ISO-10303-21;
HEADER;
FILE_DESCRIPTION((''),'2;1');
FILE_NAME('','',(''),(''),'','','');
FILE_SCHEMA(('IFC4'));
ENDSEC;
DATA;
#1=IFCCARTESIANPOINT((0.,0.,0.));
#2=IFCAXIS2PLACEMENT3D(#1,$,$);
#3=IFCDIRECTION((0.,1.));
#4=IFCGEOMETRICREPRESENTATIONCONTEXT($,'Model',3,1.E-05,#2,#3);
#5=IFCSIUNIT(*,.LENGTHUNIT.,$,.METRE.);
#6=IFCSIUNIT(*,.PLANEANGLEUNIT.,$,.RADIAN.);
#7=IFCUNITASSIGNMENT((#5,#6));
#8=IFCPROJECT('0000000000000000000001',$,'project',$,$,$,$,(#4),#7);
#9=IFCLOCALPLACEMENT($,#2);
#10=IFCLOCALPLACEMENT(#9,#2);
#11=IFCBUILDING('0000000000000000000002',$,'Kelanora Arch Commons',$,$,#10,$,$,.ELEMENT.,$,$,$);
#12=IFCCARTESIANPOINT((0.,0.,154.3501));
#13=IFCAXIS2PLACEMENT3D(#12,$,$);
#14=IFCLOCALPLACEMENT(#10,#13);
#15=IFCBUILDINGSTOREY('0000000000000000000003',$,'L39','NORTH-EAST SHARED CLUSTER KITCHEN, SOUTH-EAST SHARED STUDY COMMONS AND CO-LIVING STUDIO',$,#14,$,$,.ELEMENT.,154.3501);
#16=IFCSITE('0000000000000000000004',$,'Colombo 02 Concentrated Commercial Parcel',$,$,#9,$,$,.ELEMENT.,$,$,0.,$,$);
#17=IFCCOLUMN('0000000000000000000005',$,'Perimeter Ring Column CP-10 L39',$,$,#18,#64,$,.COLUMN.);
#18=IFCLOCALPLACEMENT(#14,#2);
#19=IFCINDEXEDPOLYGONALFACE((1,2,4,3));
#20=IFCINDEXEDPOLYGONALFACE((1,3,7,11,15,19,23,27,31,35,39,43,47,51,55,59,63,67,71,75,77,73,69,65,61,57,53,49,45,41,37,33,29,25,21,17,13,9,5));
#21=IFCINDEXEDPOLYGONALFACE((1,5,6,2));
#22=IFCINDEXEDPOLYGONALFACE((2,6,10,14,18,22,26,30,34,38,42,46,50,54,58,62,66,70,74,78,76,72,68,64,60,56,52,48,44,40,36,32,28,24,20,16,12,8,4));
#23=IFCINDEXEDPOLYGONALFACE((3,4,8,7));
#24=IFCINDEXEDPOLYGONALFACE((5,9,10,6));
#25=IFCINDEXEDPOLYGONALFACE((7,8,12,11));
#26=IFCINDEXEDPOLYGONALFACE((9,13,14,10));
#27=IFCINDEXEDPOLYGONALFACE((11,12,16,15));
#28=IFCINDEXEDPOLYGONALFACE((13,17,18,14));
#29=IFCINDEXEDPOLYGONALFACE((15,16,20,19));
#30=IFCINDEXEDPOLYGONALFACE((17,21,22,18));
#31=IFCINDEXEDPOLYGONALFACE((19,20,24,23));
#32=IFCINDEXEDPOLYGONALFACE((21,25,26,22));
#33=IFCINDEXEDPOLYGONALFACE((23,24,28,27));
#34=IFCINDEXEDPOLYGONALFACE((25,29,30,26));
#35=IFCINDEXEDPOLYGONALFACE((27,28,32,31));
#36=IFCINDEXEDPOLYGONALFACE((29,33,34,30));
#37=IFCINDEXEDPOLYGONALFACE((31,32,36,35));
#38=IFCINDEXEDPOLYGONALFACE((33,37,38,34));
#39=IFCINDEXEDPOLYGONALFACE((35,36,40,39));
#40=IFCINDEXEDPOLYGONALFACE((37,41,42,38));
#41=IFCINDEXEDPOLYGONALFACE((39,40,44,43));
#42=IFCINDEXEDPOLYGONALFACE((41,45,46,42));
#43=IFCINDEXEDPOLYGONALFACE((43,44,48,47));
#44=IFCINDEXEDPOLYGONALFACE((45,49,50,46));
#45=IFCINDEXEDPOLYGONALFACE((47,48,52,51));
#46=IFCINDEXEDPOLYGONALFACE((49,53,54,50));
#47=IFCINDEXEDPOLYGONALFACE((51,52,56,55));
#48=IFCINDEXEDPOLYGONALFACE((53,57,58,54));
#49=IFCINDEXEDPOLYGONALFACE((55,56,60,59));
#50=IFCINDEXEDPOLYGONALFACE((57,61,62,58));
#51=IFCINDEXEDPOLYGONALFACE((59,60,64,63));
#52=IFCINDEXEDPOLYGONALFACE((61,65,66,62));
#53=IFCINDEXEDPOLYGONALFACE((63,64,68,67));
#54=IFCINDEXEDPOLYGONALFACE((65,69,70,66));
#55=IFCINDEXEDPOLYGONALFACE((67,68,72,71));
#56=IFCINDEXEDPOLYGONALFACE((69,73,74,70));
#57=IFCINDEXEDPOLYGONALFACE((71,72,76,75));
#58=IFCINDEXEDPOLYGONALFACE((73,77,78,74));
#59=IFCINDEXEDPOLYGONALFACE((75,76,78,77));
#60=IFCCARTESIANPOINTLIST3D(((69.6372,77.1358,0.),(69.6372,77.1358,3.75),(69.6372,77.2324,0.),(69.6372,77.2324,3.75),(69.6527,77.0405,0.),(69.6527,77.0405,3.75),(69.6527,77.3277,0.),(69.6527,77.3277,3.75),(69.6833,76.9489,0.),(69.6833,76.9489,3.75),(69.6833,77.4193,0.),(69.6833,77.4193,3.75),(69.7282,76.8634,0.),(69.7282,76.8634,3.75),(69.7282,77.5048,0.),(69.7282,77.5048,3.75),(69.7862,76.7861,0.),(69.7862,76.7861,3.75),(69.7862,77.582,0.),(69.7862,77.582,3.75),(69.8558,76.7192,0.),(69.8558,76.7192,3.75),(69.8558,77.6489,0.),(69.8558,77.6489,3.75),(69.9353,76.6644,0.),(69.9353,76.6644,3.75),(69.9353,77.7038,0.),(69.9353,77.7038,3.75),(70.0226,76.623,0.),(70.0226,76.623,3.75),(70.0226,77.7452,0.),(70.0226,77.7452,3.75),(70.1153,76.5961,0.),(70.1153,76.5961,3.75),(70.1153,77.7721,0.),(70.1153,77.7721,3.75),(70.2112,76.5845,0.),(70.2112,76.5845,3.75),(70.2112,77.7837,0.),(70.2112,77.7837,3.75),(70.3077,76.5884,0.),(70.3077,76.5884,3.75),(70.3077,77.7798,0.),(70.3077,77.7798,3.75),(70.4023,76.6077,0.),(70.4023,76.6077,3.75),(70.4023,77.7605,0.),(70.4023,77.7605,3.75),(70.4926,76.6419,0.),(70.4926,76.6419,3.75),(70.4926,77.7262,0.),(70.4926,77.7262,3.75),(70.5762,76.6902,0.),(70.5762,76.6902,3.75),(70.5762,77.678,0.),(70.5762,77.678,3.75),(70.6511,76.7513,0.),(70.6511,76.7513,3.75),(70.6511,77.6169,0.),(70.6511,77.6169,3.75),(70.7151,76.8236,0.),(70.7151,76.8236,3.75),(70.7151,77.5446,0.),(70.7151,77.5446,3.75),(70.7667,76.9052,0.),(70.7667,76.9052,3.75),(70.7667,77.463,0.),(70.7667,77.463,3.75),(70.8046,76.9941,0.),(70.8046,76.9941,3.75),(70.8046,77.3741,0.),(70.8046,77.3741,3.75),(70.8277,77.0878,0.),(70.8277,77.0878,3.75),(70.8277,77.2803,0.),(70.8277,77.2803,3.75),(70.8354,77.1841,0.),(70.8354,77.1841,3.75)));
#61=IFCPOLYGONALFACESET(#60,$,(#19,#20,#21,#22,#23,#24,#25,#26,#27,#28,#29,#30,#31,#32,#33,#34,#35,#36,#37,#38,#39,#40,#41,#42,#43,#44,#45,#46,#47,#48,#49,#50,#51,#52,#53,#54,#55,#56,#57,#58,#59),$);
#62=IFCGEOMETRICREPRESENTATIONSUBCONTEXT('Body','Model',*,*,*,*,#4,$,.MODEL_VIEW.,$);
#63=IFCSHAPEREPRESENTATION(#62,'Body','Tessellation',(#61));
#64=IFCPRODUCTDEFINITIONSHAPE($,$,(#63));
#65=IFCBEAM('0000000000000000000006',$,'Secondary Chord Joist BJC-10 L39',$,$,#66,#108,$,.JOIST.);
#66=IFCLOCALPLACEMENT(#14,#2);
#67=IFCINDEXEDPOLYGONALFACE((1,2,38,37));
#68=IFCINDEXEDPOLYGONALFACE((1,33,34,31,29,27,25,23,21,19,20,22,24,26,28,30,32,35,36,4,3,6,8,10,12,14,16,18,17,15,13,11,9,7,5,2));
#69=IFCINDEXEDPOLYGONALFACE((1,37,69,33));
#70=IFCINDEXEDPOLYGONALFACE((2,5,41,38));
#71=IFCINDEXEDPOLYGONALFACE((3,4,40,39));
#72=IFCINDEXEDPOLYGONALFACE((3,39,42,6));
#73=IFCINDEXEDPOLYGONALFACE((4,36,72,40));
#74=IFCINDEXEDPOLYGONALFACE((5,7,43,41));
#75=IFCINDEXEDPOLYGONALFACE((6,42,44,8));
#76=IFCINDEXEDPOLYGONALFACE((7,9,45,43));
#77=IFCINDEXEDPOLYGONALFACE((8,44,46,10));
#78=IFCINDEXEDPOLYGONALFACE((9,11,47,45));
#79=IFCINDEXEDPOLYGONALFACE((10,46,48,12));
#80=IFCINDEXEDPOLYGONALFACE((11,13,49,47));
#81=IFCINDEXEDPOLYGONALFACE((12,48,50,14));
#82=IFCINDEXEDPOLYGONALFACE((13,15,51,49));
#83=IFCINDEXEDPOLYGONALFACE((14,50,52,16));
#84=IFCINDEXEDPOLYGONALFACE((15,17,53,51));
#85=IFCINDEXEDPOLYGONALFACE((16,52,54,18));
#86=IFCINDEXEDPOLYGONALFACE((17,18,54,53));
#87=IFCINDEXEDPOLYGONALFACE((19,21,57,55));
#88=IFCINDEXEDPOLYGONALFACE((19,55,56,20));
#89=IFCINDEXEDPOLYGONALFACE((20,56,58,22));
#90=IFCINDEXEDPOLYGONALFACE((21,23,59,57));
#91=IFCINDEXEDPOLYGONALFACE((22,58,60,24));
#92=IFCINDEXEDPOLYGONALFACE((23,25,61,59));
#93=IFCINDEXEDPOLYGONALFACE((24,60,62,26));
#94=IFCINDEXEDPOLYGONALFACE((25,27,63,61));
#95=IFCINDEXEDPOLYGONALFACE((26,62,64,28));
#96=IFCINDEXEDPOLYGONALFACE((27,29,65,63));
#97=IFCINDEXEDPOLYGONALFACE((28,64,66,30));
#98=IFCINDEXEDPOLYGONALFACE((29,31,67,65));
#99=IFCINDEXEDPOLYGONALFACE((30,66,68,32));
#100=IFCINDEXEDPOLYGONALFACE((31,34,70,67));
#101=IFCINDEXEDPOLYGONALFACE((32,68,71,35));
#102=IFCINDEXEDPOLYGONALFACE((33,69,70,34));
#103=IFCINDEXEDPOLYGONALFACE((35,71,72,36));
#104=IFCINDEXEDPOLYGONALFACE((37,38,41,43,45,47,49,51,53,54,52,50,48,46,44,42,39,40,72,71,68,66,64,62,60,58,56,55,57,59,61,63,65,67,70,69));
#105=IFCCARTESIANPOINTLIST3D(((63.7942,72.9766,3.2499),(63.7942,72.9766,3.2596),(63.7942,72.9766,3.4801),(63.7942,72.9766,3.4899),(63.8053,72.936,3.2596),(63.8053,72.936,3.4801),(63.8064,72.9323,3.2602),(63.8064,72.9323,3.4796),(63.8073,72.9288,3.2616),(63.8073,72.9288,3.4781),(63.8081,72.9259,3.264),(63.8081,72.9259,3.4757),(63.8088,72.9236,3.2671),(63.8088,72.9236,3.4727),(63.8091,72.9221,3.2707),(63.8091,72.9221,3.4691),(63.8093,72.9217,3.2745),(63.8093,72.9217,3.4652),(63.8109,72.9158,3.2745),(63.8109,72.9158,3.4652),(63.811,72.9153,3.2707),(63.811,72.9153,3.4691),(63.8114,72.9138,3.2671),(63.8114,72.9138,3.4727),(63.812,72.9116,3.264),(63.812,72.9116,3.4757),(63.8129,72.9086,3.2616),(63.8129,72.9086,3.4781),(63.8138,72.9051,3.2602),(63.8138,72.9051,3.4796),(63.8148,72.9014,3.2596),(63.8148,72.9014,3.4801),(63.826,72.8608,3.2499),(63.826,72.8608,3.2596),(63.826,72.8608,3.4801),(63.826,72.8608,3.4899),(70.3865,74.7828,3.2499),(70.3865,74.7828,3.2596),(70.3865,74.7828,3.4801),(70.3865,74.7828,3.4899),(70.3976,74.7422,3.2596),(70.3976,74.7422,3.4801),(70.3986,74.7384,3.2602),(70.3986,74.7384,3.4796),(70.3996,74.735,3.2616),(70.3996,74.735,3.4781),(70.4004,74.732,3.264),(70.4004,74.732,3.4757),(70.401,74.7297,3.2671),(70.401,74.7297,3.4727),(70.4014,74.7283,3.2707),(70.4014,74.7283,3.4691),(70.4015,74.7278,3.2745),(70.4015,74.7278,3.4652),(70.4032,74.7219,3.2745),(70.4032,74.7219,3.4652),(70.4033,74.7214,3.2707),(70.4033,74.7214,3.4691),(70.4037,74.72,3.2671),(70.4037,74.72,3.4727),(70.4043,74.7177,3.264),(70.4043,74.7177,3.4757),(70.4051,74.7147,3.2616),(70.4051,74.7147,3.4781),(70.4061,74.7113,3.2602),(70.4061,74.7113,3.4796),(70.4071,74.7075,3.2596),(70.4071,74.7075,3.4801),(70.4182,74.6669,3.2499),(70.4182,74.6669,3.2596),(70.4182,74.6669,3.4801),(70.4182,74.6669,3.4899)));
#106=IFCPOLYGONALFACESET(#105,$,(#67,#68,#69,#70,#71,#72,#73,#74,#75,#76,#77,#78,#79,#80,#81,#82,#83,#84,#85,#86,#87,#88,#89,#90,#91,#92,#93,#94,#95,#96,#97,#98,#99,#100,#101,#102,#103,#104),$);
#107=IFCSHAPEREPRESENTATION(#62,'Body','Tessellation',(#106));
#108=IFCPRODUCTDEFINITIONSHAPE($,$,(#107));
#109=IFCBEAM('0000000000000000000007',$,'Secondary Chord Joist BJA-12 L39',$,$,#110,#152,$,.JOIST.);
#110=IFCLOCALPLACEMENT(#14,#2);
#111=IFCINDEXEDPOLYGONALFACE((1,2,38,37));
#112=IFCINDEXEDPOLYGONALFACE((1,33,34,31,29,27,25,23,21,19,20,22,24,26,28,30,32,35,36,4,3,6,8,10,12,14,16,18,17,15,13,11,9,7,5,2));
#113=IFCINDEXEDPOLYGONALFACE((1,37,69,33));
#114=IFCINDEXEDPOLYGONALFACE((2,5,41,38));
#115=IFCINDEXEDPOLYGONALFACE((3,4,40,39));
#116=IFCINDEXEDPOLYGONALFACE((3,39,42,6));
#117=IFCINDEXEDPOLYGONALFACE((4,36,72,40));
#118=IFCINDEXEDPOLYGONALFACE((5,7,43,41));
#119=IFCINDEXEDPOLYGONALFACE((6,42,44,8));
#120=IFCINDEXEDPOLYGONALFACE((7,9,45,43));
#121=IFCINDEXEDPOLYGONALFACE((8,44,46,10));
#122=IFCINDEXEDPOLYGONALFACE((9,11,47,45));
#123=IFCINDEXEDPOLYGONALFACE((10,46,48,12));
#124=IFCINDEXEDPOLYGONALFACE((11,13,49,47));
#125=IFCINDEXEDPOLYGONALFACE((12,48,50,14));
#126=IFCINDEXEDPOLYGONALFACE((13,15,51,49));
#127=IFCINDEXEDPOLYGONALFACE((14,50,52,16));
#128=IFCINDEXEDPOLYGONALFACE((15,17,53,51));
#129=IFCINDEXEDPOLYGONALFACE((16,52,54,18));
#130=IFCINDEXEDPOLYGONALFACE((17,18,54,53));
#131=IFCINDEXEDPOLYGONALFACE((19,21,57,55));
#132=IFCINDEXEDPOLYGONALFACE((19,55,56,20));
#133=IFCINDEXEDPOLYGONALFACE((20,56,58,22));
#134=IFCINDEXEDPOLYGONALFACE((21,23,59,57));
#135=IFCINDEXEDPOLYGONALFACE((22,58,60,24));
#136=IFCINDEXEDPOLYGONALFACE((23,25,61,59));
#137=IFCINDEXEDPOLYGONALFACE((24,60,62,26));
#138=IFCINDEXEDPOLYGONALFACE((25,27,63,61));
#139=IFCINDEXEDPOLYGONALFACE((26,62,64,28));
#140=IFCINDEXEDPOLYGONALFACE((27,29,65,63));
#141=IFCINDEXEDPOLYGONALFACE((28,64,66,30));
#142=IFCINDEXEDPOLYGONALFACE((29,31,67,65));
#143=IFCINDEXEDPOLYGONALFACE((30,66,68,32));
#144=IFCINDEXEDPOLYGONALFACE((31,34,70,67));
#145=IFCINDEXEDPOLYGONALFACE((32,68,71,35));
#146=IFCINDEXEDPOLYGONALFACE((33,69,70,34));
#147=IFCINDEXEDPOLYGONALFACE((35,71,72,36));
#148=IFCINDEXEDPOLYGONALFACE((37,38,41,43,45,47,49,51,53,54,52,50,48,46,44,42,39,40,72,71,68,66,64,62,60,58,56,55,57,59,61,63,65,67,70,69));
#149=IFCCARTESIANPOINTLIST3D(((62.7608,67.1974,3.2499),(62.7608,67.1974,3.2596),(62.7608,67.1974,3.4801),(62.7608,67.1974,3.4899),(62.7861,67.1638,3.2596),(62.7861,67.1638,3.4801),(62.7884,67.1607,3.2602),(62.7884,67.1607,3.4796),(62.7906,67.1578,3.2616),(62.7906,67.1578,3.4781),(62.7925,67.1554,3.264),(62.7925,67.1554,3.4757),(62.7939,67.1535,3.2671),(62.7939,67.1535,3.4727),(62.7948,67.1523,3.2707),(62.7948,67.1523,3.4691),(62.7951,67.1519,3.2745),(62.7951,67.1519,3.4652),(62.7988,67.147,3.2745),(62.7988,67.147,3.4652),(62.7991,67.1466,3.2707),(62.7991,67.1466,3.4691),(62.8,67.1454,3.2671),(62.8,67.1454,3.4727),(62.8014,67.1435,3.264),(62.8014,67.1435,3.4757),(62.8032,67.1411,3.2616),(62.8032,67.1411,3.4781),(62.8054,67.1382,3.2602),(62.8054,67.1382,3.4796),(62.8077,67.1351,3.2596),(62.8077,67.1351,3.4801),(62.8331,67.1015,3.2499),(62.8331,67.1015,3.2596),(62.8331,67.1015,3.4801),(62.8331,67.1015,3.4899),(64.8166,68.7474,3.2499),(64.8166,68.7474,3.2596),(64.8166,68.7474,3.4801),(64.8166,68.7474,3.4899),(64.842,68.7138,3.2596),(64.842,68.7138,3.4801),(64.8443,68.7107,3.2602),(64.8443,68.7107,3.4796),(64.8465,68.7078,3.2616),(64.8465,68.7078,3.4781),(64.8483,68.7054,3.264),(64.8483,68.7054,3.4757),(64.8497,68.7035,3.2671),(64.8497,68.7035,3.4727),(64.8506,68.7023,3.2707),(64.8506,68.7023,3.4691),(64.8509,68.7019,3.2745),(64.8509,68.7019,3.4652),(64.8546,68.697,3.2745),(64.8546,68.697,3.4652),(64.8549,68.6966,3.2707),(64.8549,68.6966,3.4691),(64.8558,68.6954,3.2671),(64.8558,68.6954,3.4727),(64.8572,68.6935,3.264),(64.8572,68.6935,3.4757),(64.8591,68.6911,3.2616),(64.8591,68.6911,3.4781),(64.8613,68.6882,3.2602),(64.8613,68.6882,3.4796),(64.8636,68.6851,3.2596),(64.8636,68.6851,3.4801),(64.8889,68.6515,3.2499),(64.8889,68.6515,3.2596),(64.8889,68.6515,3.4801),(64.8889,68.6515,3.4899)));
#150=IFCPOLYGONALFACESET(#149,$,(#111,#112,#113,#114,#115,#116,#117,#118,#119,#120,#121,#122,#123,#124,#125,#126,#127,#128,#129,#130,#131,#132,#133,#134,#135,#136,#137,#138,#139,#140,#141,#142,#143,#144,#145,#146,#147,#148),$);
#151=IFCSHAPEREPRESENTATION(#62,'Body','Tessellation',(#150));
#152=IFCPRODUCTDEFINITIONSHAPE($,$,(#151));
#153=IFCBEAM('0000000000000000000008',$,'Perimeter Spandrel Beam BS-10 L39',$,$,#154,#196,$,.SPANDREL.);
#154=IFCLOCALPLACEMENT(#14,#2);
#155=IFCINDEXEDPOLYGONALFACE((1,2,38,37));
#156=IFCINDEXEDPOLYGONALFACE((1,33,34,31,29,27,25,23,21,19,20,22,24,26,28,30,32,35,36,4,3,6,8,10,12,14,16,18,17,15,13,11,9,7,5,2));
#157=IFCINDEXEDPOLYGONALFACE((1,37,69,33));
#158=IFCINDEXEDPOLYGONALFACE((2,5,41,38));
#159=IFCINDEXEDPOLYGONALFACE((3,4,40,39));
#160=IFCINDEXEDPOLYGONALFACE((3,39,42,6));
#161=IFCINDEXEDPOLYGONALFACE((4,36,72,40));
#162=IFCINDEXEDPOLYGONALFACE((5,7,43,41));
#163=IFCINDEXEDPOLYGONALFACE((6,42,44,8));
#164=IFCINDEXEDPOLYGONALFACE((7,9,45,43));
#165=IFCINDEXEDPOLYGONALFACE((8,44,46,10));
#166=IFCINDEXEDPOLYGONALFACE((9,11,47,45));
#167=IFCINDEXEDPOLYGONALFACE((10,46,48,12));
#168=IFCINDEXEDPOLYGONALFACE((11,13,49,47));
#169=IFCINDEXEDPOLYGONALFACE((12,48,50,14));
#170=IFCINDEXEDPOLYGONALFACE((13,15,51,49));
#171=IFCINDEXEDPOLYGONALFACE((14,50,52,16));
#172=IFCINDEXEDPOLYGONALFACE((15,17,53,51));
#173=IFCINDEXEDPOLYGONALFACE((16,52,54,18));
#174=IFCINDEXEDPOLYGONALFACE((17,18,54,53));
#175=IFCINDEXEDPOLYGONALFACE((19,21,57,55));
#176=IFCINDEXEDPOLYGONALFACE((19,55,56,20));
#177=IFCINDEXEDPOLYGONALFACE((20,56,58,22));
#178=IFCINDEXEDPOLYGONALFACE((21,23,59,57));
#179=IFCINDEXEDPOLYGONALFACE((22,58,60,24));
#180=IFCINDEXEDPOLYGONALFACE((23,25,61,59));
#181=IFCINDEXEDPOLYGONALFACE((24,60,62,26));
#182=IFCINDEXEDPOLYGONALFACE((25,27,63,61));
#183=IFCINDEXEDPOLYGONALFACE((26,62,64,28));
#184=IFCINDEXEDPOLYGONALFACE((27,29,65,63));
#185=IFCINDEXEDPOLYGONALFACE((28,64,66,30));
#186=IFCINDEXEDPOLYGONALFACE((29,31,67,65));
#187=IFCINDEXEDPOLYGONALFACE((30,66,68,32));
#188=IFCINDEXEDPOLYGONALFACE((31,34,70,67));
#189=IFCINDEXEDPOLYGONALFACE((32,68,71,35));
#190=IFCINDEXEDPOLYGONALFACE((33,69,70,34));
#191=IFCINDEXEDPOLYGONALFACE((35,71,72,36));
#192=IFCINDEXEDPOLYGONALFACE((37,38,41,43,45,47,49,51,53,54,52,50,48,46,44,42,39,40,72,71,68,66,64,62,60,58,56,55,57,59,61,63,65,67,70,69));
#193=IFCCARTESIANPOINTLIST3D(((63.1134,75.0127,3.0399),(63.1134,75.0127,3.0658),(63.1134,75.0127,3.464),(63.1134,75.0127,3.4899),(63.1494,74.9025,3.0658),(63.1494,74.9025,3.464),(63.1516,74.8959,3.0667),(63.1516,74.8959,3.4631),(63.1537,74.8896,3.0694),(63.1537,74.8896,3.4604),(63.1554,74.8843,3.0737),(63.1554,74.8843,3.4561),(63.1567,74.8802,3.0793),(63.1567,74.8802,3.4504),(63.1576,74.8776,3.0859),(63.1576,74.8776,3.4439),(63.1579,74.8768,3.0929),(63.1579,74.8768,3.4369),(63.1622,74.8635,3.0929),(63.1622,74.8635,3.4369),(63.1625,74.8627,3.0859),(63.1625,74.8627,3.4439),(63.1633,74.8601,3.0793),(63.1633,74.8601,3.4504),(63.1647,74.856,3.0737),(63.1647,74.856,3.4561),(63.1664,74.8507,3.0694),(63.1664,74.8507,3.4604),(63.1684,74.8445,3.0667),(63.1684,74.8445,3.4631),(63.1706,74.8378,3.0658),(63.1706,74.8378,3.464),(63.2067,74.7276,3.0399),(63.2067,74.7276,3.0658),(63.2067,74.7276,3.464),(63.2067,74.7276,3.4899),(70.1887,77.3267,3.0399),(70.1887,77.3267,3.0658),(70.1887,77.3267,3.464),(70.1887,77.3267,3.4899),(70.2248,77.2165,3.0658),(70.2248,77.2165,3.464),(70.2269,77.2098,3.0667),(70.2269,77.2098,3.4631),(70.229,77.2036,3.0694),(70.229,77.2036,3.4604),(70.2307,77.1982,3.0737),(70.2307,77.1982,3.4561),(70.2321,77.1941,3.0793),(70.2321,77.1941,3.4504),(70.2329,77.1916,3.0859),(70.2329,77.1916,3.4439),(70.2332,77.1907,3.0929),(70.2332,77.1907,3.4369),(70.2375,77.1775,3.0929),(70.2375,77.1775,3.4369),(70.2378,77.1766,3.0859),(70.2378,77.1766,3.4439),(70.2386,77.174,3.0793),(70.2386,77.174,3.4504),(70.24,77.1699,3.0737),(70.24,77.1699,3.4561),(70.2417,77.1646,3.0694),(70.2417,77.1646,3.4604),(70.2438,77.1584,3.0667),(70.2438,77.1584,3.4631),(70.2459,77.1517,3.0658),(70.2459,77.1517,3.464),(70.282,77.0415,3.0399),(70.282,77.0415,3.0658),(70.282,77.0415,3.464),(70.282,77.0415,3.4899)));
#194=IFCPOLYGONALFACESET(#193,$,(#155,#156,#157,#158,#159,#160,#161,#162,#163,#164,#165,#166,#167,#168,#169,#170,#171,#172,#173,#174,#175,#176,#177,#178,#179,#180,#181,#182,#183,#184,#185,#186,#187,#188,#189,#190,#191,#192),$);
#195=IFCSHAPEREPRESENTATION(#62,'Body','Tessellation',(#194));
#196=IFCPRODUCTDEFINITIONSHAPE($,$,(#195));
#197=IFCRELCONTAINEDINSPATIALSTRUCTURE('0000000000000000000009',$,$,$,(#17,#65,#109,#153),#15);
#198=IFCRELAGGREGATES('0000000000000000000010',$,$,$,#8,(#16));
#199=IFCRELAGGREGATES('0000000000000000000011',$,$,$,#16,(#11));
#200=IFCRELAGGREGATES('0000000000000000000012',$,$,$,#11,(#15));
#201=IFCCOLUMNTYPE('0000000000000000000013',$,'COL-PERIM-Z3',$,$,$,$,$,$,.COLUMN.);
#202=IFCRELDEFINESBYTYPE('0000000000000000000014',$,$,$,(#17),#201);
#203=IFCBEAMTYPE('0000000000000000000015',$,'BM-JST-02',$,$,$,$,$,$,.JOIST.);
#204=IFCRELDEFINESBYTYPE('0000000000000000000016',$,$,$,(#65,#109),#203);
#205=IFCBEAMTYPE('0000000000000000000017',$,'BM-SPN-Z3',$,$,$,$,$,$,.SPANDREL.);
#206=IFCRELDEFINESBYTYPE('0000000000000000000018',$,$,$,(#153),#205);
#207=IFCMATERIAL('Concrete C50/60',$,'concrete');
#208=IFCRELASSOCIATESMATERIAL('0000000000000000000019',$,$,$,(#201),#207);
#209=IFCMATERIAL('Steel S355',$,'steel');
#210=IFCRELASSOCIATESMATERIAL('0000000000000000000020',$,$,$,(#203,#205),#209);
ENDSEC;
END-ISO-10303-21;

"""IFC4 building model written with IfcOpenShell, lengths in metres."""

from ifc_helpers import new_model, si_unit, direction, frame, origin, origin_2d, place, context, subcontext, project, spatial, circle, i_section, extrude, material, material_profile, profile_set, type_object, element, save


model = new_model("IFC4")

# Units and contexts
model_context = context("Model", 3, precision=1e-05, world=origin(), true_north=direction((0.0, 1.0)))
body_context = subcontext(model_context, "Body", "Model", "MODEL_VIEW")
ifc_project = project(units=[si_unit("LENGTHUNIT", "METRE"), si_unit("PLANEANGLEUNIT", "RADIAN")], contexts=[model_context])

# Site, building, storey
site_placement = place(None, origin())
site = spatial("IfcSite", under=ifc_project, at=site_placement, Name="Colombo 02 Concentrated Commercial Parcel", CompositionType="ELEMENT", RefElevation=0.0)
building_placement = place(site_placement, origin())
building = spatial("IfcBuilding", under=site, at=building_placement, Name="Kelanora Arch Commons", CompositionType="ELEMENT")
storey_placement = place(building_placement, frame((0.0, 0.0, 154.3501)))
storey = spatial("IfcBuildingStorey", under=building, at=storey_placement, Name="L39", Description="NORTH-EAST SHARED CLUSTER KITCHEN, SOUTH-EAST SHARED STUDY COMMONS AND CO-LIVING STUDIO", CompositionType="ELEMENT", Elevation=154.3501)

# Column
ifc_material_1 = material(Name="Concrete C50/60", Category="concrete")
ifc_material_profile_1 = material_profile(ifc_material_1, circle(Radius=0.6001, at=origin_2d()), Name="RCC1200")
ifc_profile_set_1 = profile_set([ifc_material_profile_1], Name="Concrete C50/60")
column_type = type_object("IfcColumnType", Name="COL-PERIM-Z3", PredefinedType="COLUMN", material=ifc_profile_set_1)
column_placement = place(storey_placement, frame((70.2354, 77.1841, 0.0), z_axis=(0.0, 0.0, 1.0), x_axis=(1.0, 0.0, 0.0)))
element("IfcColumn", 1, at=column_placement, inside=storey, type_object=column_type, Name="Perimeter Ring Column CP-10 L39", PredefinedType="COLUMN", context=body_context, shape_type="SweptSolid", body=[
    extrude(circle(Radius=0.6001, at=origin_2d()), origin(), (0.0, 0.0, 1.0), 3.75),
])

# Beams
ifc_material_2 = material(Name="Steel S355", Category="steel")
ifc_material_profile_2 = material_profile(ifc_material_2, i_section(OverallWidth=0.1201, OverallDepth=0.24, WebThickness=0.0061, FlangeThickness=0.0098, FilletRadius=0.0149, at=origin_2d()), Name="IPE240")
ifc_profile_set_2 = profile_set([ifc_material_profile_2], Name="Steel S355")
beam_type_1 = type_object("IfcBeamType", Name="BM-JST-02", PredefinedType="JOIST", material=ifc_profile_set_2)
beam_1_placement = place(storey_placement, frame((70.4023, 74.7249, 3.3699), z_axis=(-0.964457, -0.264242, 0.0), x_axis=(0.264242, -0.964457, 0.0)))
element("IfcBeam", 2, at=beam_1_placement, inside=storey, type_object=beam_type_1, Name="Secondary Chord Joist BJC-10 L39", PredefinedType="JOIST", context=body_context, shape_type="SweptSolid", body=[
    extrude(i_section(OverallWidth=0.1201, OverallDepth=0.24, WebThickness=0.0061, FlangeThickness=0.0098, FilletRadius=0.0149, at=origin_2d()), origin(), (0.0, 0.0, 1.0), 6.8352),
])
beam_2_placement = place(storey_placement, frame((64.8528, 68.6995, 3.3699), z_axis=(-0.798484, -0.602016, 0.0), x_axis=(0.602016, -0.798484, 0.0)))
element("IfcBeam", 3, at=beam_2_placement, inside=storey, type_object=beam_type_1, Name="Secondary Chord Joist BJA-12 L39", PredefinedType="JOIST", context=body_context, shape_type="SweptSolid", body=[
    extrude(i_section(OverallWidth=0.1201, OverallDepth=0.24, WebThickness=0.0061, FlangeThickness=0.0098, FilletRadius=0.0149, at=origin_2d()), origin(), (0.0, 0.0, 1.0), 2.5747),
])
ifc_material_profile_3 = material_profile(ifc_material_2, i_section(OverallWidth=0.3, OverallDepth=0.45, WebThickness=0.0139, FlangeThickness=0.0259, FilletRadius=0.0271, at=origin_2d()), Name="HEB450")
ifc_profile_set_3 = profile_set([ifc_material_profile_3], Name="Steel S355")
beam_type_2 = type_object("IfcBeamType", Name="BM-SPN-Z3", PredefinedType="SPANDREL", material=ifc_profile_set_3)
beam_3_placement = place(storey_placement, frame((70.2354, 77.1841, 3.2649), z_axis=(-0.950462, -0.310841, 0.0), x_axis=(0.310841, -0.950462, 0.0)))
element("IfcBeam", 4, at=beam_3_placement, inside=storey, type_object=beam_type_2, Name="Perimeter Spandrel Beam BS-10 L39", PredefinedType="SPANDREL", context=body_context, shape_type="SweptSolid", body=[
    extrude(i_section(OverallWidth=0.3, OverallDepth=0.45, WebThickness=0.0139, FlangeThickness=0.0259, FilletRadius=0.0271, at=origin_2d()), origin(), (0.0, 0.0, 1.0), 7.4441),
])

save(model, "model.ifc")
